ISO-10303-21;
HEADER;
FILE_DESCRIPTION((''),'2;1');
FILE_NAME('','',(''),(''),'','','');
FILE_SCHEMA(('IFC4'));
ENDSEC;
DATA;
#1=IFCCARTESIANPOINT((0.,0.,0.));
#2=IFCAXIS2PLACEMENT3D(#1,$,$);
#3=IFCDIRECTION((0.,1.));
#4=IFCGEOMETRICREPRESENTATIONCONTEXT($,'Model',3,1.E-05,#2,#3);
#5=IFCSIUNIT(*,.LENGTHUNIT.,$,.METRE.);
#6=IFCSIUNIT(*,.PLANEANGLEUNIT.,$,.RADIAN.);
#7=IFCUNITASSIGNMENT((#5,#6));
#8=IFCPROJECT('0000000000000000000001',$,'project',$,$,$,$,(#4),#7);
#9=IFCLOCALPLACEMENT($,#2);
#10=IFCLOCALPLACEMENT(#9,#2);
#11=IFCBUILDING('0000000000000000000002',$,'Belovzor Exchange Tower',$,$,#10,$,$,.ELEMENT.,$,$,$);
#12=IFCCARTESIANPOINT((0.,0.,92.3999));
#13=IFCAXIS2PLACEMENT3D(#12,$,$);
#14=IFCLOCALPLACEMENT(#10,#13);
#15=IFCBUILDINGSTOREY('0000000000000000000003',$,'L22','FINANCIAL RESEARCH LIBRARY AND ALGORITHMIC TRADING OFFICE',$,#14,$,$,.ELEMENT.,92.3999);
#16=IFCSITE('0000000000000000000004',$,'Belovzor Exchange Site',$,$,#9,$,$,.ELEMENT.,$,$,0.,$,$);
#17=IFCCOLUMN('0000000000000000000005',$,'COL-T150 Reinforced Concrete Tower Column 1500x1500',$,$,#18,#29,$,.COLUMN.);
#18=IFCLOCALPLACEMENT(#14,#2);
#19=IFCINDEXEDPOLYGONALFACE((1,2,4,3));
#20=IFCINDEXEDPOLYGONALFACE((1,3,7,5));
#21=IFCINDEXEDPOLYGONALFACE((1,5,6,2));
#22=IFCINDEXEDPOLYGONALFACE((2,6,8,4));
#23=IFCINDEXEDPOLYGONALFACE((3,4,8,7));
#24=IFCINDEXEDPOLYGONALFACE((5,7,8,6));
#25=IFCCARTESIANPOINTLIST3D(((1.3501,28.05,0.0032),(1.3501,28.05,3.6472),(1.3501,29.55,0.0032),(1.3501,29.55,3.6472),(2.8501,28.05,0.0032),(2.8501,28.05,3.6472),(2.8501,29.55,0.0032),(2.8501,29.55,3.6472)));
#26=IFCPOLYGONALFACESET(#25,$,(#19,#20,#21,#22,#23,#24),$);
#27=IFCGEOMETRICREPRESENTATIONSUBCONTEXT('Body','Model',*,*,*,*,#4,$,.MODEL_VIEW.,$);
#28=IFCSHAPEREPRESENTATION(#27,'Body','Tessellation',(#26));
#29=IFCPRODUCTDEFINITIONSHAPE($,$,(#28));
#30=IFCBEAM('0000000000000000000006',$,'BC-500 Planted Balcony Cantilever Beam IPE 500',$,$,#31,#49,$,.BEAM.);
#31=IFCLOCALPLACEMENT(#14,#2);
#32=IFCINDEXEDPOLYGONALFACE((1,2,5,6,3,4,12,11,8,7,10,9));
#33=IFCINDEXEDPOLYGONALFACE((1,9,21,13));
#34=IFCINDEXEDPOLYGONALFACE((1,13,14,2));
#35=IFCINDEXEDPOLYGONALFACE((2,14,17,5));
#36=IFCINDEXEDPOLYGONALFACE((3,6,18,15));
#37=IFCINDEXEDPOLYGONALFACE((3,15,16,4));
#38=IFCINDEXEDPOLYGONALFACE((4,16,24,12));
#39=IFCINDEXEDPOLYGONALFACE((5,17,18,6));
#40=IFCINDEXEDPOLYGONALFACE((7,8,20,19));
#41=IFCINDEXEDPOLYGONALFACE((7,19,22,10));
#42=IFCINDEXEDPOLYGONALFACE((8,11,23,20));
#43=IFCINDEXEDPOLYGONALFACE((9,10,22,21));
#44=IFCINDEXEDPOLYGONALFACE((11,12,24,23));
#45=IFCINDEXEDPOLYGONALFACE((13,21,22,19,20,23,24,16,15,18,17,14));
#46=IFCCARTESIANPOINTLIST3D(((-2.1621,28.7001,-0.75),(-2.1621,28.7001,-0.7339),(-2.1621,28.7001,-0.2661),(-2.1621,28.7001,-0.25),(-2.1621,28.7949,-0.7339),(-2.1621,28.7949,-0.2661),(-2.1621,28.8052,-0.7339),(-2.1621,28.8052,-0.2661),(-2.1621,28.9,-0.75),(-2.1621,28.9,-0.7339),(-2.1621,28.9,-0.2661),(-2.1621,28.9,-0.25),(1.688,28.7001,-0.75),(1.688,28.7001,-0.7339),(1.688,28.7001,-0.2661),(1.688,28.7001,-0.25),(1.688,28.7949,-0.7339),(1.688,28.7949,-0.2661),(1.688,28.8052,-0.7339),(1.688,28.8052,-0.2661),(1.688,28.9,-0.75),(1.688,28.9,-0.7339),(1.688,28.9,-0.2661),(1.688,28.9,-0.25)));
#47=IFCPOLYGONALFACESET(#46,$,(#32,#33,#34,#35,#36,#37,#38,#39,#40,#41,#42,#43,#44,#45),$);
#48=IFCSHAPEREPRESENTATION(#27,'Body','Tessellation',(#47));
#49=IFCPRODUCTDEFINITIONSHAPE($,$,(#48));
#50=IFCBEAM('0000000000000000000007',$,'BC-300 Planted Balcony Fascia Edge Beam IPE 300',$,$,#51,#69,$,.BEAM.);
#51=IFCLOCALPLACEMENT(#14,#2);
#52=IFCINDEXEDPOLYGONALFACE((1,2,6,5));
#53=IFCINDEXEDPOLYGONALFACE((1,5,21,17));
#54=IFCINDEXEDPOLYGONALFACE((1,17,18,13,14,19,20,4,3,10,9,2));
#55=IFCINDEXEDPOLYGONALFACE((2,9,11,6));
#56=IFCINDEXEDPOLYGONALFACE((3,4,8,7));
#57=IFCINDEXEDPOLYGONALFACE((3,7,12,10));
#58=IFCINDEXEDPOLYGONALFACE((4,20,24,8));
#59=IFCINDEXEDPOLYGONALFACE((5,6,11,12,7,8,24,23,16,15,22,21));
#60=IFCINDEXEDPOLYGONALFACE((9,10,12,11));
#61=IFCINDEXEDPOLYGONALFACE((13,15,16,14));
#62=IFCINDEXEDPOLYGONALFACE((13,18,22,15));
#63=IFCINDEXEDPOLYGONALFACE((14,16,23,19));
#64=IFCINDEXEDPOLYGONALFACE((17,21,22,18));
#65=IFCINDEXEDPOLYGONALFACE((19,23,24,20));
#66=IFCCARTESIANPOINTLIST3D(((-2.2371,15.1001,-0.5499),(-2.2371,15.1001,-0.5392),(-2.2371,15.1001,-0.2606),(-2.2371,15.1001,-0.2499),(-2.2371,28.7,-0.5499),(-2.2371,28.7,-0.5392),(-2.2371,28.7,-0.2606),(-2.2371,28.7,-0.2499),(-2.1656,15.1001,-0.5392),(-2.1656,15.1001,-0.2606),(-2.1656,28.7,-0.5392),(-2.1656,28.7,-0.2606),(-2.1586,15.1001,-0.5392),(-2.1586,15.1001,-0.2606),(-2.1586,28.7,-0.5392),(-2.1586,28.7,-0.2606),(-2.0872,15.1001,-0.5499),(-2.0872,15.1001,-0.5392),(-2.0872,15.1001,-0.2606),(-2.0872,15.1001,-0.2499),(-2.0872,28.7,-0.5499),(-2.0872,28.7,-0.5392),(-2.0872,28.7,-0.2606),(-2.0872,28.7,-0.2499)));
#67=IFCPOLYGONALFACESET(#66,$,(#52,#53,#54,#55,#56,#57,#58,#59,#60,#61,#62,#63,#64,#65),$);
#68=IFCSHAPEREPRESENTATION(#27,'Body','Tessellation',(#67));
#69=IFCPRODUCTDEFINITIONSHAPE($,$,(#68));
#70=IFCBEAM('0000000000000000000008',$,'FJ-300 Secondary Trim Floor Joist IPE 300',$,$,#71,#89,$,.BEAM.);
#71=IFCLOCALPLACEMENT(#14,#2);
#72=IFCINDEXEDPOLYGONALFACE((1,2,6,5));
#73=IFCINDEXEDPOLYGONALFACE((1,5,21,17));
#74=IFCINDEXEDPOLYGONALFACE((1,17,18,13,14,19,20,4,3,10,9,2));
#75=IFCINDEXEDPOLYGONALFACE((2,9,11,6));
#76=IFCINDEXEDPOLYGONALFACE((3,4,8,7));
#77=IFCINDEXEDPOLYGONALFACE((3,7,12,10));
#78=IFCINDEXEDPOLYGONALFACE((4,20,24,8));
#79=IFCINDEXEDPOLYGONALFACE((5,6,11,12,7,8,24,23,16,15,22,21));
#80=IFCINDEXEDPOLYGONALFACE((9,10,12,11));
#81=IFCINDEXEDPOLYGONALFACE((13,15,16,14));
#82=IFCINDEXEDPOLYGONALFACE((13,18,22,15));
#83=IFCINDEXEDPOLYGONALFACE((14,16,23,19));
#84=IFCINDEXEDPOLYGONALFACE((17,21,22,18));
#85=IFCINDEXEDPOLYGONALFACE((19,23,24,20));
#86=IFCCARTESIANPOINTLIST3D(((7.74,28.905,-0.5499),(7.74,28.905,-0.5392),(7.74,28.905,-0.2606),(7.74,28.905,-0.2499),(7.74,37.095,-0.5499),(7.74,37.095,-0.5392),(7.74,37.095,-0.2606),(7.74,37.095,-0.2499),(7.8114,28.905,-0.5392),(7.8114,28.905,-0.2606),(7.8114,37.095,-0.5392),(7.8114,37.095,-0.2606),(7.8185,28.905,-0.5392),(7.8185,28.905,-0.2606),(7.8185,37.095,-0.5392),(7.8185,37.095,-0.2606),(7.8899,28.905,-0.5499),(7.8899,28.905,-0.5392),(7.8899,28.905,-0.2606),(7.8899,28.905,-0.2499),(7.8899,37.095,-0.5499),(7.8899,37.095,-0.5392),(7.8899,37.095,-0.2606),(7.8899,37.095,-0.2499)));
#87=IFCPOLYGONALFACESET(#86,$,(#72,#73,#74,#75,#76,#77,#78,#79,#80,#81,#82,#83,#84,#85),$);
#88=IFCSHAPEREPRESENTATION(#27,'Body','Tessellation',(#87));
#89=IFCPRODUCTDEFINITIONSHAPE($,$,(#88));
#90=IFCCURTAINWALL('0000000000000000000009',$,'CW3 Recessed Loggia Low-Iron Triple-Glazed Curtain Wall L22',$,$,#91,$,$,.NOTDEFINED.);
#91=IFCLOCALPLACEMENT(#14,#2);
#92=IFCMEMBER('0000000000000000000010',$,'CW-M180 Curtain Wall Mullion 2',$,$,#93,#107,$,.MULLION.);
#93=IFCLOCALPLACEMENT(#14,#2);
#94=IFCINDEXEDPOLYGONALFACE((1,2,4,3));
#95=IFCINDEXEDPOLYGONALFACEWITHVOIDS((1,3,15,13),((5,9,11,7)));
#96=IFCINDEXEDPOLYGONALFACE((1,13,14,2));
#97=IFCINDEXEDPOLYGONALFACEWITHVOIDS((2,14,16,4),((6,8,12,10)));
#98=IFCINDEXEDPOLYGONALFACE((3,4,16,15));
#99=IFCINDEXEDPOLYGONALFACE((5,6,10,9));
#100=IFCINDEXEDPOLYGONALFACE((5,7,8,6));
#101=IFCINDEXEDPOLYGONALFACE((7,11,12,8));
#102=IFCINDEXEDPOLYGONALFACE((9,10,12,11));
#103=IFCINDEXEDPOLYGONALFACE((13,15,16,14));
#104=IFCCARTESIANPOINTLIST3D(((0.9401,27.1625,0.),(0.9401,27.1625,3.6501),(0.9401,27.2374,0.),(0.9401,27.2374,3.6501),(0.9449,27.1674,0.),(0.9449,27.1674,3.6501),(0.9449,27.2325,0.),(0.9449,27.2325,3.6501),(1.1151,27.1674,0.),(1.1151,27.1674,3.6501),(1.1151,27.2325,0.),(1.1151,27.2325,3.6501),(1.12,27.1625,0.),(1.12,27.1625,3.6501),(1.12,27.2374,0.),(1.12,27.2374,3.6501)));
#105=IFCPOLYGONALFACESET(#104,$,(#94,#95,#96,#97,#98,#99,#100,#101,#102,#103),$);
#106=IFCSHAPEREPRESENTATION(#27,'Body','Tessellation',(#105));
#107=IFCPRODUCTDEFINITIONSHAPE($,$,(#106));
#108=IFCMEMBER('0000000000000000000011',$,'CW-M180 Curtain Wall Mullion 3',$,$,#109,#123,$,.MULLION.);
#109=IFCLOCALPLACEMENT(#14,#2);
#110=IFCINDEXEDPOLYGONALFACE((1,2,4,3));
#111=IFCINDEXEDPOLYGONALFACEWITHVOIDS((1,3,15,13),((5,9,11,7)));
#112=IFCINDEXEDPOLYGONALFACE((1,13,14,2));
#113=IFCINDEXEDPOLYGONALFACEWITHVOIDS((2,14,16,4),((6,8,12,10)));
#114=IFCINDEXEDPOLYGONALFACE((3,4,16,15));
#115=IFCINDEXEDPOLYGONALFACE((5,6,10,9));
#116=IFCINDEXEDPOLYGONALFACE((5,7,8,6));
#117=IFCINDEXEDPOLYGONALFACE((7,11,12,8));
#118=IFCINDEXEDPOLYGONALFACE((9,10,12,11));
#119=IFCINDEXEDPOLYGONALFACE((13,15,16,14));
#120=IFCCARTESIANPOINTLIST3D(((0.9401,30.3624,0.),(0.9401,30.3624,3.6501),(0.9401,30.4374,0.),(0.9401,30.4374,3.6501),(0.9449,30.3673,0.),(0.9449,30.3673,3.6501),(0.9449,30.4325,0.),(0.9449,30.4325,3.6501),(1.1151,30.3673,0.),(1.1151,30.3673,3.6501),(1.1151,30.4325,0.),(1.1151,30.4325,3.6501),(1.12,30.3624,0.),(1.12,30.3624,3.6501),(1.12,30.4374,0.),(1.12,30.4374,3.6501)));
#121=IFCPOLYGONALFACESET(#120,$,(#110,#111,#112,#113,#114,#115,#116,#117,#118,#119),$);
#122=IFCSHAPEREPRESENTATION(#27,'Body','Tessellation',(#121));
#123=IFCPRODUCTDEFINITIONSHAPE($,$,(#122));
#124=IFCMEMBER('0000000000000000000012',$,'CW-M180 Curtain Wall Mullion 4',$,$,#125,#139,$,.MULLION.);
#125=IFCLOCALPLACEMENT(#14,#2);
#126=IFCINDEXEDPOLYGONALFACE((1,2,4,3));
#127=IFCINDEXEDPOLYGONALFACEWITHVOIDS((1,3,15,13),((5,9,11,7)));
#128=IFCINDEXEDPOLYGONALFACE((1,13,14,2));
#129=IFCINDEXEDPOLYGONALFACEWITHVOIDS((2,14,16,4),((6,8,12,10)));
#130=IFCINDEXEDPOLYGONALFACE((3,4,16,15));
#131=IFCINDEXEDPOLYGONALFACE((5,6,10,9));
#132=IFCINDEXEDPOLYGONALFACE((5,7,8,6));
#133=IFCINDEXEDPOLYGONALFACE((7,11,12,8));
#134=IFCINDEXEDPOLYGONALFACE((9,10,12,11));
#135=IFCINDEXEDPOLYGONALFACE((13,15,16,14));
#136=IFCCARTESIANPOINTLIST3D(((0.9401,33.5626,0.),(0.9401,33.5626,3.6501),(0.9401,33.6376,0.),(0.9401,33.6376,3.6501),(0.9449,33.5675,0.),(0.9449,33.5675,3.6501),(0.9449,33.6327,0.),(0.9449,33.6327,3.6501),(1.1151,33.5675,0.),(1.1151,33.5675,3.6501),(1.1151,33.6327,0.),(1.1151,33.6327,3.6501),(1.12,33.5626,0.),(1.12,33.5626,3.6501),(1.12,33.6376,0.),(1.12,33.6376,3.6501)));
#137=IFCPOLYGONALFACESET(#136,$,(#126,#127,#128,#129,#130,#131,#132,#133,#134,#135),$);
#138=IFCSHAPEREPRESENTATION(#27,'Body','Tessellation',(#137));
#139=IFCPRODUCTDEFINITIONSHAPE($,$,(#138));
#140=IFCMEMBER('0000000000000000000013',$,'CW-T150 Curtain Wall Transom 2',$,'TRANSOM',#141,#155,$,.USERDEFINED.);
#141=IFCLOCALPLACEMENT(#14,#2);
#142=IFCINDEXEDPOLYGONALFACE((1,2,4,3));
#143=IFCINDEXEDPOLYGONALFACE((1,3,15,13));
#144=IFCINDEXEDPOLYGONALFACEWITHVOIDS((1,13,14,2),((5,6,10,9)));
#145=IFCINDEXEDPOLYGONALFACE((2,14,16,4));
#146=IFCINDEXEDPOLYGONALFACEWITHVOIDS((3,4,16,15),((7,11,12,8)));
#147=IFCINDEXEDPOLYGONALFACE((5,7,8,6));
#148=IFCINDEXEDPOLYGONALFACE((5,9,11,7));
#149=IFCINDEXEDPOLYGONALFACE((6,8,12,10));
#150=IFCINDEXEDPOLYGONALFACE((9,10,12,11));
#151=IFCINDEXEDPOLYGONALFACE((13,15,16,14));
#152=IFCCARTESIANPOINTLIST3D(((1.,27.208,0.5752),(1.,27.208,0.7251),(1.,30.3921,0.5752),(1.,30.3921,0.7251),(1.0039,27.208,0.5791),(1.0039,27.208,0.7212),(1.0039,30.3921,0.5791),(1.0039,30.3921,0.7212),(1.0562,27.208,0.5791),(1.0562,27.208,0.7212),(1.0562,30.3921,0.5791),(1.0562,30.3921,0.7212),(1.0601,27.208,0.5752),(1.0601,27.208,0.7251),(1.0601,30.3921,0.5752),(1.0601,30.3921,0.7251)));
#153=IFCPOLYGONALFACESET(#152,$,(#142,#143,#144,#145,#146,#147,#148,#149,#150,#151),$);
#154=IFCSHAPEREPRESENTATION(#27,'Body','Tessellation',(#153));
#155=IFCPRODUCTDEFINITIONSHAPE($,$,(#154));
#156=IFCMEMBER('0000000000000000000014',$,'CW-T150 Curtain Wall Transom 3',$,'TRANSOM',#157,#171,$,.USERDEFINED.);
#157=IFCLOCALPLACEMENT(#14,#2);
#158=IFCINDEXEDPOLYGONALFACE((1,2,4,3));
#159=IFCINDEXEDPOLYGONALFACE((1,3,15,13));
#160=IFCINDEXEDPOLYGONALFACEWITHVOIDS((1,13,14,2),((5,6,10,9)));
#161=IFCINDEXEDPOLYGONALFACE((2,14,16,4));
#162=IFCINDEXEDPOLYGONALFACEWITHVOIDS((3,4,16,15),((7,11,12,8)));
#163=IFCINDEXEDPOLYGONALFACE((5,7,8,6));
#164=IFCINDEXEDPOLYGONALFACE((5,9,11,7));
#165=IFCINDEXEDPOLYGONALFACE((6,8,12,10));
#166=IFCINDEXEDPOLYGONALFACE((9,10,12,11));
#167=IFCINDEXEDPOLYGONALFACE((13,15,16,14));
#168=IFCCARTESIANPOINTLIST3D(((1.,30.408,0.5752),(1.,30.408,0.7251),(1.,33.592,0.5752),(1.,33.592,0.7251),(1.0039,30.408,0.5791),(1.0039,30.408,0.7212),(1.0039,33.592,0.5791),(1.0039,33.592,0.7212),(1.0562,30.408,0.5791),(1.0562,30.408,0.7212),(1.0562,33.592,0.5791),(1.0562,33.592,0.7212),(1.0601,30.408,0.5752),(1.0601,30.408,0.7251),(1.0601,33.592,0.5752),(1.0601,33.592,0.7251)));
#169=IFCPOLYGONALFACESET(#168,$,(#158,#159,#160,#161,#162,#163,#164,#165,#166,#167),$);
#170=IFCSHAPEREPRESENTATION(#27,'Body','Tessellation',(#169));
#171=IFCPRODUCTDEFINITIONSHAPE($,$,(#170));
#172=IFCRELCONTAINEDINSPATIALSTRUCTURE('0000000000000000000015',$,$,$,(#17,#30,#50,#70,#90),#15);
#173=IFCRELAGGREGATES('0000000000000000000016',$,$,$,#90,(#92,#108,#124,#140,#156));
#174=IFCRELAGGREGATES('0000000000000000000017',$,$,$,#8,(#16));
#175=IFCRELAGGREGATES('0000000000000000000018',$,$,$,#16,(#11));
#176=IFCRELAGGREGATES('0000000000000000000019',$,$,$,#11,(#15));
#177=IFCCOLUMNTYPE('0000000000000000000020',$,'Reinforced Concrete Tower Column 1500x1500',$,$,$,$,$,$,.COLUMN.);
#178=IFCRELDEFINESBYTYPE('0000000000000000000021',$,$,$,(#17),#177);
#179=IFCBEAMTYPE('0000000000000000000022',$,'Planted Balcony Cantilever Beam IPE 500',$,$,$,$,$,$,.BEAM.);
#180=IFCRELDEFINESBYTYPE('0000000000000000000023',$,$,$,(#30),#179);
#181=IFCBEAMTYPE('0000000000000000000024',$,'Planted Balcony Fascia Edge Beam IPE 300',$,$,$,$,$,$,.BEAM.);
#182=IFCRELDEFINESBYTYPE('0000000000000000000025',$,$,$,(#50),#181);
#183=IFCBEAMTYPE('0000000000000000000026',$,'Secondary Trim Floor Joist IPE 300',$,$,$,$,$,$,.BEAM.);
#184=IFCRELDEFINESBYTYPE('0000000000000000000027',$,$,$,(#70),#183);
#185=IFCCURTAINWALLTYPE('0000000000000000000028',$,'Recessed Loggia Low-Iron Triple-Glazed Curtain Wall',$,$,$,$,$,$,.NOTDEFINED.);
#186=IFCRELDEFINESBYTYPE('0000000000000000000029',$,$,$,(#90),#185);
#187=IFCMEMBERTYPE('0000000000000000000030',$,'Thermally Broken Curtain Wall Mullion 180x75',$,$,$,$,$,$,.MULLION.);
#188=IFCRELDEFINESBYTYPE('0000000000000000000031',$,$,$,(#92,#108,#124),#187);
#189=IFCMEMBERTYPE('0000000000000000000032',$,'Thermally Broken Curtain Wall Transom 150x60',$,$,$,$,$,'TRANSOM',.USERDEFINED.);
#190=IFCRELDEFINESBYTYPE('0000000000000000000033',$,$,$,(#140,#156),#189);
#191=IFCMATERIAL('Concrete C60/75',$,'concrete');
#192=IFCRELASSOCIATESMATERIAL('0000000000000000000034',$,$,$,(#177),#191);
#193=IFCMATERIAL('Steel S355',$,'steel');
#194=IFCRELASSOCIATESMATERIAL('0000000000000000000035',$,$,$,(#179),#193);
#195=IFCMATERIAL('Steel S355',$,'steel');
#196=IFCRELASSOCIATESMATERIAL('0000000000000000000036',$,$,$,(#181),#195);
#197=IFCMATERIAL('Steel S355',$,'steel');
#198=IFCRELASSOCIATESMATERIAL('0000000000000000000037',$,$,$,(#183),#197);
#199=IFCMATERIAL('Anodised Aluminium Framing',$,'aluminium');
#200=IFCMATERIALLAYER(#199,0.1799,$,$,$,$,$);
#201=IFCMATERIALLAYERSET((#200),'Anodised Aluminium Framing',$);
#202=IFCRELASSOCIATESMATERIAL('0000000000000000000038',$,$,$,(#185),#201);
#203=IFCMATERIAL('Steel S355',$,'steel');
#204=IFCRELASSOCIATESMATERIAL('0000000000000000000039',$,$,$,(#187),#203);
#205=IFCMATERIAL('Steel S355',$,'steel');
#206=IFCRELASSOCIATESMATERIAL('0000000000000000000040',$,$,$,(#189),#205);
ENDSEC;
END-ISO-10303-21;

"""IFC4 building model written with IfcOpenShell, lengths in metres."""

from ifc_helpers import new_model, si_unit, direction, frame, origin, origin_2d, place, context, subcontext, project, spatial, rectangle, hollow_rectangle, i_section, extrude, material, layer, layer_set, material_profile, profile_set, type_object, element, aggregate, save


model = new_model("IFC4")

# Units and contexts
model_context = context("Model", 3, precision=1e-05, world=origin(), true_north=direction((0.0, 1.0)))
body_context = subcontext(model_context, "Body", "Model", "MODEL_VIEW")
ifc_project = project(units=[si_unit("LENGTHUNIT", "METRE"), si_unit("PLANEANGLEUNIT", "RADIAN")], contexts=[model_context])

# Site, building, storey
site_placement = place(None, origin())
site = spatial("IfcSite", under=ifc_project, at=site_placement, Name="Belovzor Exchange Site", CompositionType="ELEMENT", RefElevation=0.0)
building_placement = place(site_placement, origin())
building = spatial("IfcBuilding", under=site, at=building_placement, Name="Belovzor Exchange Tower", CompositionType="ELEMENT")
storey_placement = place(building_placement, frame((0.0, 0.0, 92.3999)))
storey = spatial("IfcBuildingStorey", under=building, at=storey_placement, Name="L22", Description="FINANCIAL RESEARCH LIBRARY AND ALGORITHMIC TRADING OFFICE", CompositionType="ELEMENT", Elevation=92.3999)

# Column
ifc_material_1 = material(Name="Concrete C60/75", Category="concrete")
ifc_material_profile_1 = material_profile(ifc_material_1, rectangle(XDim=1.5, YDim=1.5, at=origin_2d()))
ifc_profile_set_1 = profile_set([ifc_material_profile_1], Name="Concrete C60/75")
column_type = type_object("IfcColumnType", Name="Reinforced Concrete Tower Column 1500x1500", PredefinedType="COLUMN", material=ifc_profile_set_1)
column_placement = place(storey_placement, frame((2.1001, 28.8, 0.0032), z_axis=(0.0, 0.0, 1.0), x_axis=(1.0, 0.0, 0.0)))
element("IfcColumn", 1, at=column_placement, inside=storey, type_object=column_type, Name="COL-T150 Reinforced Concrete Tower Column 1500x1500", PredefinedType="COLUMN", context=body_context, shape_type="SweptSolid", body=[
    extrude(rectangle(XDim=1.5, YDim=1.5, at=origin_2d()), origin(), (0.0, 0.0, 1.0), 3.644),
])

# Beams
ifc_material_2 = material(Name="Steel S355", Category="steel")
ifc_material_profile_2 = material_profile(ifc_material_2, i_section(OverallWidth=0.2, OverallDepth=0.5, WebThickness=0.0103, FlangeThickness=0.0161, at=origin_2d()))
ifc_profile_set_2 = profile_set([ifc_material_profile_2], Name="Steel S355")
beam_type_1 = type_object("IfcBeamType", Name="Planted Balcony Cantilever Beam IPE 500", PredefinedType="BEAM", material=ifc_profile_set_2)
beam_1_placement = place(storey_placement, frame((1.688, 28.8, -0.5), z_axis=(-1.0, 0.0, 0.0), x_axis=(0.0, -1.0, 0.0)))
element("IfcBeam", 2, at=beam_1_placement, inside=storey, type_object=beam_type_1, Name="BC-500 Planted Balcony Cantilever Beam IPE 500", PredefinedType="BEAM", context=body_context, shape_type="SweptSolid", body=[
    extrude(i_section(OverallWidth=0.2, OverallDepth=0.5, WebThickness=0.0103, FlangeThickness=0.0161, at=origin_2d()), origin(), (0.0, 0.0, 1.0), 3.8501),
])
ifc_material_3 = material(Name="Steel S355", Category="steel")
ifc_material_profile_3 = material_profile(ifc_material_3, i_section(OverallWidth=0.1499, OverallDepth=0.3, WebThickness=0.0071, FlangeThickness=0.0107, at=origin_2d()))
ifc_profile_set_3 = profile_set([ifc_material_profile_3], Name="Steel S355")
beam_type_2 = type_object("IfcBeamType", Name="Planted Balcony Fascia Edge Beam IPE 300", PredefinedType="BEAM", material=ifc_profile_set_3)
beam_2_placement = place(storey_placement, frame((-2.1621, 28.7, -0.3999), z_axis=(0.0, -1.0, 0.0), x_axis=(1.0, 0.0, 0.0)))
element("IfcBeam", 3, at=beam_2_placement, inside=storey, type_object=beam_type_2, Name="BC-300 Planted Balcony Fascia Edge Beam IPE 300", PredefinedType="BEAM", context=body_context, shape_type="SweptSolid", body=[
    extrude(i_section(OverallWidth=0.1499, OverallDepth=0.3, WebThickness=0.0071, FlangeThickness=0.0107, at=origin_2d()), origin(), (0.0, 0.0, 1.0), 13.5999),
])
ifc_material_4 = material(Name="Steel S355", Category="steel")
ifc_material_profile_4 = material_profile(ifc_material_4, i_section(OverallWidth=0.1499, OverallDepth=0.3, WebThickness=0.0071, FlangeThickness=0.0107, at=origin_2d()))
ifc_profile_set_4 = profile_set([ifc_material_profile_4], Name="Steel S355")
beam_type_3 = type_object("IfcBeamType", Name="Secondary Trim Floor Joist IPE 300", PredefinedType="BEAM", material=ifc_profile_set_4)
beam_3_placement = place(storey_placement, frame((7.8149, 28.905, -0.3999), z_axis=(0.0, 1.0, 0.0), x_axis=(-1.0, 0.0, 0.0)))
element("IfcBeam", 4, at=beam_3_placement, inside=storey, type_object=beam_type_3, Name="FJ-300 Secondary Trim Floor Joist IPE 300", PredefinedType="BEAM", context=body_context, shape_type="SweptSolid", body=[
    extrude(i_section(OverallWidth=0.1499, OverallDepth=0.3, WebThickness=0.0071, FlangeThickness=0.0107, at=origin_2d()), origin(), (0.0, 0.0, 1.0), 8.1899),
])

# Curtain wall, members
ifc_material_5 = material(Name="Anodised Aluminium Framing", Category="aluminium")
ifc_layer_1 = layer(ifc_material_5, 0.1799)
ifc_layer_set_1 = layer_set([ifc_layer_1], Name="Anodised Aluminium Framing")
curtain_wall_type = type_object("IfcCurtainWallType", Name="Recessed Loggia Low-Iron Triple-Glazed Curtain Wall", PredefinedType="NOTDEFINED", material=ifc_layer_set_1)
curtain_wall_placement = place(storey_placement, origin())
curtain_wall = element("IfcCurtainWall", 5, at=curtain_wall_placement, inside=storey, type_object=curtain_wall_type, Name="CW3 Recessed Loggia Low-Iron Triple-Glazed Curtain Wall L22", PredefinedType="NOTDEFINED")
ifc_material_6 = material(Name="Steel S355", Category="steel")
ifc_material_profile_5 = material_profile(ifc_material_6, hollow_rectangle(XDim=0.075, YDim=0.1799, WallThickness=0.0049, at=origin_2d()))
ifc_profile_set_5 = profile_set([ifc_material_profile_5], Name="Steel S355")
member_type_1 = type_object("IfcMemberType", Name="Thermally Broken Curtain Wall Mullion 180x75", PredefinedType="MULLION", material=ifc_profile_set_5)
member_1_placement = place(storey_placement, frame((1.03, 27.2, 0.0), z_axis=(0.0, 0.0, 1.0), x_axis=(0.0, 1.0, 0.0)))
member_1 = element("IfcMember", 6, at=member_1_placement, type_object=member_type_1, Name="CW-M180 Curtain Wall Mullion 2", PredefinedType="MULLION", context=body_context, shape_type="SweptSolid", body=[
    extrude(hollow_rectangle(XDim=0.075, YDim=0.1799, WallThickness=0.0049, at=origin_2d()), origin(), (0.0, 0.0, 1.0), 3.6501),
])
member_2_placement = place(storey_placement, frame((1.03, 30.3999, 0.0), z_axis=(0.0, 0.0, 1.0), x_axis=(0.0, 1.0, 0.0)))
member_2 = element("IfcMember", 7, at=member_2_placement, type_object=member_type_1, Name="CW-M180 Curtain Wall Mullion 3", PredefinedType="MULLION", context=body_context, shape_type="SweptSolid", body=[
    extrude(hollow_rectangle(XDim=0.075, YDim=0.1799, WallThickness=0.0049, at=origin_2d()), origin(), (0.0, 0.0, 1.0), 3.6501),
])
member_3_placement = place(storey_placement, frame((1.03, 33.6001, 0.0), z_axis=(0.0, 0.0, 1.0), x_axis=(0.0, 1.0, 0.0)))
member_3 = element("IfcMember", 8, at=member_3_placement, type_object=member_type_1, Name="CW-M180 Curtain Wall Mullion 4", PredefinedType="MULLION", context=body_context, shape_type="SweptSolid", body=[
    extrude(hollow_rectangle(XDim=0.075, YDim=0.1799, WallThickness=0.0049, at=origin_2d()), origin(), (0.0, 0.0, 1.0), 3.6501),
])
ifc_material_7 = material(Name="Steel S355", Category="steel")
ifc_material_profile_6 = material_profile(ifc_material_7, hollow_rectangle(XDim=0.0601, YDim=0.1499, WallThickness=0.0039, at=origin_2d()))
ifc_profile_set_6 = profile_set([ifc_material_profile_6], Name="Steel S355")
member_type_2 = type_object("IfcMemberType", Name="Thermally Broken Curtain Wall Transom 150x60", ElementType="TRANSOM", PredefinedType="USERDEFINED", material=ifc_profile_set_6)
member_4_placement = place(storey_placement, frame((1.03, 27.208, 0.6501), z_axis=(0.0, 1.0, 0.0), x_axis=(-1.0, 0.0, 0.0)))
member_4 = element("IfcMember", 9, at=member_4_placement, type_object=member_type_2, Name="CW-T150 Curtain Wall Transom 2", ObjectType="TRANSOM", PredefinedType="USERDEFINED", context=body_context, shape_type="SweptSolid", body=[
    extrude(hollow_rectangle(XDim=0.0601, YDim=0.1499, WallThickness=0.0039, at=origin_2d()), origin(), (0.0, 0.0, 1.0), 3.1841),
])
member_5_placement = place(storey_placement, frame((1.03, 30.408, 0.6501), z_axis=(0.0, 1.0, 0.0), x_axis=(-1.0, 0.0, 0.0)))
member_5 = element("IfcMember", 10, at=member_5_placement, type_object=member_type_2, Name="CW-T150 Curtain Wall Transom 3", ObjectType="TRANSOM", PredefinedType="USERDEFINED", context=body_context, shape_type="SweptSolid", body=[
    extrude(hollow_rectangle(XDim=0.0601, YDim=0.1499, WallThickness=0.0039, at=origin_2d()), origin(), (0.0, 0.0, 1.0), 3.1841),
])

aggregate(curtain_wall, [member_1, member_2, member_3, member_4, member_5])

save(model, "model.ifc")
